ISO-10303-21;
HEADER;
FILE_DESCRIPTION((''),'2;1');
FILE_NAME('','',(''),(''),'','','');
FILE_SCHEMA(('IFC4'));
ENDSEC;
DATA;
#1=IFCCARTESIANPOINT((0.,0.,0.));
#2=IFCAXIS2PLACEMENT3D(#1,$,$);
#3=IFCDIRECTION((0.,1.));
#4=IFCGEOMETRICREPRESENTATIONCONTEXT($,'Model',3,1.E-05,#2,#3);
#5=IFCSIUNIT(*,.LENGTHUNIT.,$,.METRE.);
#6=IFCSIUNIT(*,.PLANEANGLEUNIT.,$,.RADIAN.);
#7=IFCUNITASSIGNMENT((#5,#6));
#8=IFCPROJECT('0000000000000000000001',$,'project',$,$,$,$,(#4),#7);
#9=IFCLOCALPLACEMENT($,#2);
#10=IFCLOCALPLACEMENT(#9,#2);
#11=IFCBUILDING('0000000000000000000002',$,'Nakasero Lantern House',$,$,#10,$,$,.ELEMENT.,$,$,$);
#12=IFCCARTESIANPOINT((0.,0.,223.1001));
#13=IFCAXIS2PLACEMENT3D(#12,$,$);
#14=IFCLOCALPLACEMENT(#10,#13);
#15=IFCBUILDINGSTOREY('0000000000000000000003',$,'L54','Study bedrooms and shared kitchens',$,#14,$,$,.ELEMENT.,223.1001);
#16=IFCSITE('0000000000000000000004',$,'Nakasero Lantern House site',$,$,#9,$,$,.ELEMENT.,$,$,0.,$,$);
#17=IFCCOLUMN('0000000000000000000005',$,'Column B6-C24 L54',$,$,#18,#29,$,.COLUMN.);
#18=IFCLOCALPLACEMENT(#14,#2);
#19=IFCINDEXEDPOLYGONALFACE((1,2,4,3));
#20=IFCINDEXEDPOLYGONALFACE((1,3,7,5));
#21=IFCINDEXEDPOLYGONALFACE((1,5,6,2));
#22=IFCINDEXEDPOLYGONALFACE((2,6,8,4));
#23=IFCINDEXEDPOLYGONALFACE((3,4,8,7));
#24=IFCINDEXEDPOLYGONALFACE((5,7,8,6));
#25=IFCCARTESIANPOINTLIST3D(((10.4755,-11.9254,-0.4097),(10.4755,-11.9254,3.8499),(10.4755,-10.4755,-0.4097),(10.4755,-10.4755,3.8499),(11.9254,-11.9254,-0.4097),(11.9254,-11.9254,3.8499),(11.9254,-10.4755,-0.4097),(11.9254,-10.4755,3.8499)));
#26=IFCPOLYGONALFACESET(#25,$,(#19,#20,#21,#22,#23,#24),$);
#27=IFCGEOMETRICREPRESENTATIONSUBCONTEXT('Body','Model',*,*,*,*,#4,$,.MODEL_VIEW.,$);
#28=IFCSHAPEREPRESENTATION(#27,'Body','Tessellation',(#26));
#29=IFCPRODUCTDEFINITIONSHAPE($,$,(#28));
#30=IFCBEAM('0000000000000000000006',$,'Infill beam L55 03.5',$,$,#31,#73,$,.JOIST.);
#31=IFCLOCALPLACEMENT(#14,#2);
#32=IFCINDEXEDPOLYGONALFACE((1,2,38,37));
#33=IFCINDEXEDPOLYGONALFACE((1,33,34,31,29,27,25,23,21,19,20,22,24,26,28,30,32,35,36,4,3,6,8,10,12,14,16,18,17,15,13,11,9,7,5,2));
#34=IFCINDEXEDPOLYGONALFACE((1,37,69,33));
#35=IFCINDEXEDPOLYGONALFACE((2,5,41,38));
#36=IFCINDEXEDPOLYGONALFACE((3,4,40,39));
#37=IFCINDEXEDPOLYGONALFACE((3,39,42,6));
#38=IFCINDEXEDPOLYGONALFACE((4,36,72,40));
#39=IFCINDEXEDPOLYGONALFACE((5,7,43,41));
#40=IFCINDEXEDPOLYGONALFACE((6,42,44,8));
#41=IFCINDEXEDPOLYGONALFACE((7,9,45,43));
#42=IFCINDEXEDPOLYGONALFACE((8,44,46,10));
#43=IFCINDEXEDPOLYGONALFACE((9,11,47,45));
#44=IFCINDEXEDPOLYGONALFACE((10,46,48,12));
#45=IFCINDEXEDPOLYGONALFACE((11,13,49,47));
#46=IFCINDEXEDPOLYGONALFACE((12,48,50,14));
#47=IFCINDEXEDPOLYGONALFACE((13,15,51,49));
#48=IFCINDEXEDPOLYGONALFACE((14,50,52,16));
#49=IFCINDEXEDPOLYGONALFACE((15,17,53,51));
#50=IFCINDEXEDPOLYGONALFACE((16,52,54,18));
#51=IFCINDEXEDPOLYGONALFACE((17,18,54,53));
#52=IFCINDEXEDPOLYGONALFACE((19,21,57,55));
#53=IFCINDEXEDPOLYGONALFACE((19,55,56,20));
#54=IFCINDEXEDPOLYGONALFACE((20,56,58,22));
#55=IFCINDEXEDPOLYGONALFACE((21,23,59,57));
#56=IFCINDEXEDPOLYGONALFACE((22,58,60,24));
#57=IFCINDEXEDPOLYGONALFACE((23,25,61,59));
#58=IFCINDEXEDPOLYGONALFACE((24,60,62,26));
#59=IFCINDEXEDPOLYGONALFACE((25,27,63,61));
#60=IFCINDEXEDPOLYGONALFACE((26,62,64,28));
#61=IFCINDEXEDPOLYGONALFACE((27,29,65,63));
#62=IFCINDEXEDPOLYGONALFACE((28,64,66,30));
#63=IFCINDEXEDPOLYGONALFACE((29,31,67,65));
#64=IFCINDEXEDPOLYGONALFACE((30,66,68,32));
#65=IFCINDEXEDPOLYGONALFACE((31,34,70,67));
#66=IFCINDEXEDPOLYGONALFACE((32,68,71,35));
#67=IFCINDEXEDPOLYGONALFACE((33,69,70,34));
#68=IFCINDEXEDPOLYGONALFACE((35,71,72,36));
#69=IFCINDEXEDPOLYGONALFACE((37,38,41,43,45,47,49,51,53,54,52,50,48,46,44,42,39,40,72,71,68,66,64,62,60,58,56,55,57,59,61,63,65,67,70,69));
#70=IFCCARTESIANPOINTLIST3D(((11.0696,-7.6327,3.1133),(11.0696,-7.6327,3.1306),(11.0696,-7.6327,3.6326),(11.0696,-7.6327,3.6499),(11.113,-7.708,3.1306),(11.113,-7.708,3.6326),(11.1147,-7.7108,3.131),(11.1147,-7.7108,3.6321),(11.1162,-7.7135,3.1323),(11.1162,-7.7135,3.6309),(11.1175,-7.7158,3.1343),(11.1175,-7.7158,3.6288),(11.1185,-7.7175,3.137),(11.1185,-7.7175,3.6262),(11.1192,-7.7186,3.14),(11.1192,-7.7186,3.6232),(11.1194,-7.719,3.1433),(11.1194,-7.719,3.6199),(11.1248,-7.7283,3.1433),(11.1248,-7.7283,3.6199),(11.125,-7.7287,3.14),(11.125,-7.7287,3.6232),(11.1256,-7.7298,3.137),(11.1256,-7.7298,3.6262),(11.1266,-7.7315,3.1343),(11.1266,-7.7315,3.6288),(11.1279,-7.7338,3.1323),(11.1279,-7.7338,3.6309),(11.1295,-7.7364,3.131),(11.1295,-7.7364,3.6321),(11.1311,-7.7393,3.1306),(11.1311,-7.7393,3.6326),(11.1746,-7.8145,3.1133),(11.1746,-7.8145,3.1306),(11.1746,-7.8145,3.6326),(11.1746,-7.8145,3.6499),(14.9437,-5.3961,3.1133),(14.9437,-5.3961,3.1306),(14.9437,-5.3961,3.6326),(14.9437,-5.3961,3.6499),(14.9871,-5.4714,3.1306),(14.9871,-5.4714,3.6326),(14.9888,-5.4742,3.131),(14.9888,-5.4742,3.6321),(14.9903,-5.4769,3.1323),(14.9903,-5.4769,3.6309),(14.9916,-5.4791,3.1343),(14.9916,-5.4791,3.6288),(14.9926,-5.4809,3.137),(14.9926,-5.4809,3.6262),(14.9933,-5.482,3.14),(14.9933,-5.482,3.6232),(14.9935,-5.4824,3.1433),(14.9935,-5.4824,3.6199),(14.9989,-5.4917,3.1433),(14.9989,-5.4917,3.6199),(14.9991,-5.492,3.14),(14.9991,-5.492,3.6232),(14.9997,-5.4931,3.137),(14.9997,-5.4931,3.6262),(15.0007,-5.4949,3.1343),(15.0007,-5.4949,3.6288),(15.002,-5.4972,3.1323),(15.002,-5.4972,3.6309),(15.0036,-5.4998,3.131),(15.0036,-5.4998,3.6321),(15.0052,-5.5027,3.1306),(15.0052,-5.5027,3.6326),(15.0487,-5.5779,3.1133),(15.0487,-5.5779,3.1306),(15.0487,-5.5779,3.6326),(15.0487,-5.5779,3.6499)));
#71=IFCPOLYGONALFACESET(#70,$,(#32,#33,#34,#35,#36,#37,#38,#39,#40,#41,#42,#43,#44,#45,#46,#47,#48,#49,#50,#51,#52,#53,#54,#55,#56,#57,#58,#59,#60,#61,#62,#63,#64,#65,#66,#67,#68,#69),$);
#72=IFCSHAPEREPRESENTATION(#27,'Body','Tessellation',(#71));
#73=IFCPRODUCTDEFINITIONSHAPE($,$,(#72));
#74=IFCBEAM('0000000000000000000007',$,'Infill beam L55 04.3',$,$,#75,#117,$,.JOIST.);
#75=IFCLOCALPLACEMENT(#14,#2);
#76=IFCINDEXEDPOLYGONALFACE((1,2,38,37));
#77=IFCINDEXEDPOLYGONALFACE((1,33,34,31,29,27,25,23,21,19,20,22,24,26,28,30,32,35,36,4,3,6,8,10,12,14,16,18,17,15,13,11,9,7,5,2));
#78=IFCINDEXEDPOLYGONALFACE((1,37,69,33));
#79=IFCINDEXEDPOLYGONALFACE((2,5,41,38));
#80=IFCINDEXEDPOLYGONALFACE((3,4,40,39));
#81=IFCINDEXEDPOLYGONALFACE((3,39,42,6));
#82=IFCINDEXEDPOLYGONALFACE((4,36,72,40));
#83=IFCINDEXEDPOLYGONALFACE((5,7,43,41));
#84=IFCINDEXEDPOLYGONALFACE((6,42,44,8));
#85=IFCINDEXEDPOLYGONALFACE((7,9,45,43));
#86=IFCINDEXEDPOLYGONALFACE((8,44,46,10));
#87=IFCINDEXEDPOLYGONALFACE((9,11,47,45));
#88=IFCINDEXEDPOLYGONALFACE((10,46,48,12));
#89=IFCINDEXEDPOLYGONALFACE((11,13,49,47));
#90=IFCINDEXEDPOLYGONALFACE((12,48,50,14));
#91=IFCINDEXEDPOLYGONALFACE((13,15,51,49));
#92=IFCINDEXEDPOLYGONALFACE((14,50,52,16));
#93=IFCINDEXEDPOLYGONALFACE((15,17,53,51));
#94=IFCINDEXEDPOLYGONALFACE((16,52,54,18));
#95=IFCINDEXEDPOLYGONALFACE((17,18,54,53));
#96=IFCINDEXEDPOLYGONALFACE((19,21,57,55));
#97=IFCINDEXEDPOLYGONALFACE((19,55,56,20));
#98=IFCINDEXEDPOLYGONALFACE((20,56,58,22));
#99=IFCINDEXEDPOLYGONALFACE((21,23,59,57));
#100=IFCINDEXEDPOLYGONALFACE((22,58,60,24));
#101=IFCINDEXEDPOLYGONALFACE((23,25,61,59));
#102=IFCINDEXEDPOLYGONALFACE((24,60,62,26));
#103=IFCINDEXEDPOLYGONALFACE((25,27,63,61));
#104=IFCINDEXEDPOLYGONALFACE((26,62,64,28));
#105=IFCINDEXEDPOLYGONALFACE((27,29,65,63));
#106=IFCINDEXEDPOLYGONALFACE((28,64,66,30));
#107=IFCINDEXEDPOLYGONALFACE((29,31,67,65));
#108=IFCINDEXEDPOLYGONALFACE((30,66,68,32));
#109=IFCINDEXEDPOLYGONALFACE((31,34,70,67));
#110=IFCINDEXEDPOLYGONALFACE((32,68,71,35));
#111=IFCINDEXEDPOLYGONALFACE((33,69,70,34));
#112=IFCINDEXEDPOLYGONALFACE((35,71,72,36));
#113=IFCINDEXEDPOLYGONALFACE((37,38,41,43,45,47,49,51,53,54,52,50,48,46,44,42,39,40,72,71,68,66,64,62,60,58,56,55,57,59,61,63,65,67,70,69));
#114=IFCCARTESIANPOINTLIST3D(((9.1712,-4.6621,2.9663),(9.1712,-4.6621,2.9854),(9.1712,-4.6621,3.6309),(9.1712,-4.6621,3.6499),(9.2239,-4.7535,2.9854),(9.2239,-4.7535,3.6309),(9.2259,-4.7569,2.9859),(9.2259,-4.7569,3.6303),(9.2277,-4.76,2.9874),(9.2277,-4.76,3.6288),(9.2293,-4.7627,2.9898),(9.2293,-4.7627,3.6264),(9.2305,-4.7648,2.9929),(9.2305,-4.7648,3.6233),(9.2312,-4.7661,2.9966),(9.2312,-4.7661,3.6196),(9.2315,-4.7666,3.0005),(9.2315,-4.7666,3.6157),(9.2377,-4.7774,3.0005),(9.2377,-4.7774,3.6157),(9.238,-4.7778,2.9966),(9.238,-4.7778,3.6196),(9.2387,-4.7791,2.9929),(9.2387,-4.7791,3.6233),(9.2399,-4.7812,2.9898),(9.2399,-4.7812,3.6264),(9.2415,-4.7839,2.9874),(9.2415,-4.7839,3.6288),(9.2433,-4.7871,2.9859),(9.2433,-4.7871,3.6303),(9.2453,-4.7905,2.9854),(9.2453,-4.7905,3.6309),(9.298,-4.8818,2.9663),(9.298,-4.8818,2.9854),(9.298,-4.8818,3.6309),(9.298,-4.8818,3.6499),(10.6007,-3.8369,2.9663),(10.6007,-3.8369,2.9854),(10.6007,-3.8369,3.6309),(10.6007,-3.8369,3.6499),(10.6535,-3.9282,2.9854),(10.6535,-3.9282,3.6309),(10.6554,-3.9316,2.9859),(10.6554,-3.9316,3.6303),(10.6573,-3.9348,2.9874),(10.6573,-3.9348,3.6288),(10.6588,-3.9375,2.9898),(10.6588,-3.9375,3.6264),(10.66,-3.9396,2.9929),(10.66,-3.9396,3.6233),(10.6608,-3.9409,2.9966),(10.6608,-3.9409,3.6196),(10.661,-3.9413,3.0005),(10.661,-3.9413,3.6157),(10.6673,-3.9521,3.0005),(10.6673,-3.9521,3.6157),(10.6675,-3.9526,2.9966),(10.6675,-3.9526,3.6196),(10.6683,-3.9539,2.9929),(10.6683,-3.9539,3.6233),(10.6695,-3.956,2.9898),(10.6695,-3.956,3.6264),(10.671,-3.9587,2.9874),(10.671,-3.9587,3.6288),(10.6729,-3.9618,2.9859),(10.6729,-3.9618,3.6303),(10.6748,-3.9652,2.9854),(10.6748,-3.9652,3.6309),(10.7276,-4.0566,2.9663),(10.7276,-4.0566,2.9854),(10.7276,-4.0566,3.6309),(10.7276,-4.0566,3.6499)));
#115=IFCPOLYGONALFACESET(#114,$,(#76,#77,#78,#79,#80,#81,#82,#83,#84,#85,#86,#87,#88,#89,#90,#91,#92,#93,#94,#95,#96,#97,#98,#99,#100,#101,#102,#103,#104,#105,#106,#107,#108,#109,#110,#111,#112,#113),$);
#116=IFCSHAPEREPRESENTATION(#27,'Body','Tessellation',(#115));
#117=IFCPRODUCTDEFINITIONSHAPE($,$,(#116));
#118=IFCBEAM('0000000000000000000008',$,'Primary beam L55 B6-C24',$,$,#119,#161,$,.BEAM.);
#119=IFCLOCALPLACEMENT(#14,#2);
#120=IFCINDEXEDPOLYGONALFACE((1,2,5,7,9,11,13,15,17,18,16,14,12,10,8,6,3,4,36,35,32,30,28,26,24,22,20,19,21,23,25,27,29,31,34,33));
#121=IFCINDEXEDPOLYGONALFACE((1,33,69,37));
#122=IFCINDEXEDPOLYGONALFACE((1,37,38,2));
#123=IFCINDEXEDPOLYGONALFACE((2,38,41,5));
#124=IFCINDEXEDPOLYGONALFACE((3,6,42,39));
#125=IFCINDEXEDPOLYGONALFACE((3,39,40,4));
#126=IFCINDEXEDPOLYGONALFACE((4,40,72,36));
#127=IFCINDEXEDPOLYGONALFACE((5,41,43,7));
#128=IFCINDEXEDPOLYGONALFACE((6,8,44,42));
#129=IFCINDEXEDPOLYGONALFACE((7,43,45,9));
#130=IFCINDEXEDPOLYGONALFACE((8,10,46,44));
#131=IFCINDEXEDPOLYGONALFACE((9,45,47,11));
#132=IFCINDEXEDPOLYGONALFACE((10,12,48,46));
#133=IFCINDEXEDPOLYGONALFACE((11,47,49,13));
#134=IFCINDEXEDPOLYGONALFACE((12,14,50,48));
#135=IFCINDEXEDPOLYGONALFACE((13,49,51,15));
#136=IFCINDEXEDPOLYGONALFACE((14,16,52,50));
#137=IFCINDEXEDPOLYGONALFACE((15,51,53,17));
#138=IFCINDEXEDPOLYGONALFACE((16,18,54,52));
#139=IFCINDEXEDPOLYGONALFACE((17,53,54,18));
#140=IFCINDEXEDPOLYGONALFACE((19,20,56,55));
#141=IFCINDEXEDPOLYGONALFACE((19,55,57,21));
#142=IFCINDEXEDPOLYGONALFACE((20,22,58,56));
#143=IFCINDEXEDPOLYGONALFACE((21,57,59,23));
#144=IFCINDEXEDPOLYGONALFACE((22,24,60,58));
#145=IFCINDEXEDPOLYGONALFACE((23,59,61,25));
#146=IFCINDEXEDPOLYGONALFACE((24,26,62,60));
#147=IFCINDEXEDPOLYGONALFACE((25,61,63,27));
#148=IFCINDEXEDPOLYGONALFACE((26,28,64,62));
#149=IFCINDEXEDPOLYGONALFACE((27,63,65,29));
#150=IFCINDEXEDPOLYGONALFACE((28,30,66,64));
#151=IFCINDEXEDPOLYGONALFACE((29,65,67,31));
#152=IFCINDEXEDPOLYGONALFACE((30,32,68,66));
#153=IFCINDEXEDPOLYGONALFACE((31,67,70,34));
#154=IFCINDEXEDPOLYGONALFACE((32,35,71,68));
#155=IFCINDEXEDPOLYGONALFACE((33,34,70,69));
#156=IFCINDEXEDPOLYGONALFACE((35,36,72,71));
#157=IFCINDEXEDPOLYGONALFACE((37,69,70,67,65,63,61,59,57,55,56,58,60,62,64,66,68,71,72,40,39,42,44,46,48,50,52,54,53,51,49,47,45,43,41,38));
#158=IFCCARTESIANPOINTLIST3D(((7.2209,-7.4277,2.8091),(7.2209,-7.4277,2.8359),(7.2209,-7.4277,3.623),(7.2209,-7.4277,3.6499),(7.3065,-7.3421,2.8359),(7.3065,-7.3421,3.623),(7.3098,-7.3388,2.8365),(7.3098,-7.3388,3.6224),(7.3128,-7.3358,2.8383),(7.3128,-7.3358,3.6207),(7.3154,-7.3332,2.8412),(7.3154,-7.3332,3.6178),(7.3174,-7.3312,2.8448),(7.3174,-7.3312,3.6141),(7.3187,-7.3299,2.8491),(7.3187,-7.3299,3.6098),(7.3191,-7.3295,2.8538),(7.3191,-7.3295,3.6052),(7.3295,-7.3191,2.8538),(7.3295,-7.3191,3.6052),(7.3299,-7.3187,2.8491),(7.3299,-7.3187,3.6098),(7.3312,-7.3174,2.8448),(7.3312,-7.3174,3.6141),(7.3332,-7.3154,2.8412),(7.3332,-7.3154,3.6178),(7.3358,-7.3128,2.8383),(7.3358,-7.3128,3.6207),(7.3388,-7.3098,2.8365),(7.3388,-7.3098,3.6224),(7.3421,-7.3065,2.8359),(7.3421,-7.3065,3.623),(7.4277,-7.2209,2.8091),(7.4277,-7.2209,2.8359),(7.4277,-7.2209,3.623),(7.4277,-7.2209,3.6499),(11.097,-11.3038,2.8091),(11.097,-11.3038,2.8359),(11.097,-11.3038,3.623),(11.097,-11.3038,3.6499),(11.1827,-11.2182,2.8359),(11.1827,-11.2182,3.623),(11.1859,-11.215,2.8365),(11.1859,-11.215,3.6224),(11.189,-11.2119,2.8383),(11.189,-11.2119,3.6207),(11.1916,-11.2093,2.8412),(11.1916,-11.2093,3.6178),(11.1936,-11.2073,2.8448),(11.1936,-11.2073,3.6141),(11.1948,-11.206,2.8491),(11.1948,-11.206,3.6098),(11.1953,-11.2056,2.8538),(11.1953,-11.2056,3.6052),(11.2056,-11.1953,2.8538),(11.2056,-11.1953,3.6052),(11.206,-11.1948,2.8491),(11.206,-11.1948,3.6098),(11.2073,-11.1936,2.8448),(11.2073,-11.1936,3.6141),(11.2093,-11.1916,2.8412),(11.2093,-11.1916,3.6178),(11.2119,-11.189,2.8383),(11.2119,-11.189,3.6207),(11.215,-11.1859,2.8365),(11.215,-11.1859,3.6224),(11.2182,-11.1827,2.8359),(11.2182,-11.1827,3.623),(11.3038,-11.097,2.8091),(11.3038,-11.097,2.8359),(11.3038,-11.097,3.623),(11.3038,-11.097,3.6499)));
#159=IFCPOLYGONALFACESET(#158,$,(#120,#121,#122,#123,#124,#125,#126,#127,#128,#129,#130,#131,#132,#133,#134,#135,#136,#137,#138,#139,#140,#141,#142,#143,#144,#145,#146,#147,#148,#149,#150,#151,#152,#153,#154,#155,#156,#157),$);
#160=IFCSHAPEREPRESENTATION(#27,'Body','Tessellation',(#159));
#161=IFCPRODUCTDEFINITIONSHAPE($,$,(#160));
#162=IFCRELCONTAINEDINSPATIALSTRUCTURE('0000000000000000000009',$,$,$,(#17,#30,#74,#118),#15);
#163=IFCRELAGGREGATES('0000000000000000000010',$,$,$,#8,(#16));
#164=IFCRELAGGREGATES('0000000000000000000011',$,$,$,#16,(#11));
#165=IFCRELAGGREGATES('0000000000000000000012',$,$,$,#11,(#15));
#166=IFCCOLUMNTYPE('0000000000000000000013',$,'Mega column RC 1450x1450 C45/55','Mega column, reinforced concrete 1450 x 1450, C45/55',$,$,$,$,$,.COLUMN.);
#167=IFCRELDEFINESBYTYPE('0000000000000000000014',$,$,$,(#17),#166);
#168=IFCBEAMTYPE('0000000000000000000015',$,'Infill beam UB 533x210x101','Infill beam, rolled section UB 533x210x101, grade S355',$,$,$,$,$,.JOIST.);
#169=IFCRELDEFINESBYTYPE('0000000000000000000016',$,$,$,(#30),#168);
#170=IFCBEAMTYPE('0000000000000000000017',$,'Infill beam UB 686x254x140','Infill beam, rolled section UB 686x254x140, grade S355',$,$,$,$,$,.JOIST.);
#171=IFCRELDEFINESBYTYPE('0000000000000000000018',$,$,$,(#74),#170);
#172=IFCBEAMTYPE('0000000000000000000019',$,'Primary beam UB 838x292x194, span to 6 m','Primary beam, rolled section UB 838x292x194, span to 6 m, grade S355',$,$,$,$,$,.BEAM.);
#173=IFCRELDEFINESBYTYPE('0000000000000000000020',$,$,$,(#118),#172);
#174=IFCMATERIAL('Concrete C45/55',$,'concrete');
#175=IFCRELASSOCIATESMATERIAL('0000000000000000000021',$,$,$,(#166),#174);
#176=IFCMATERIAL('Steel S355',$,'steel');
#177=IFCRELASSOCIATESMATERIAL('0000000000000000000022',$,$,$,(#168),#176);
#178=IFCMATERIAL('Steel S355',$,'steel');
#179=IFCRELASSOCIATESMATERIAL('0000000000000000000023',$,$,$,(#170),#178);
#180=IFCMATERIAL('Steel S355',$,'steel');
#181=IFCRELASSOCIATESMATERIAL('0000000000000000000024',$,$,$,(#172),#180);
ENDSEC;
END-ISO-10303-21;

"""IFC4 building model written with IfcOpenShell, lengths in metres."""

from ifc_helpers import new_model, si_unit, direction, frame, origin, origin_2d, place, context, subcontext, project, spatial, rectangle, i_section, extrude, material, material_profile, profile_set, type_object, element, save


model = new_model("IFC4")

# Units and contexts
model_context = context("Model", 3, precision=1e-05, world=origin(), true_north=direction((0.0, 1.0)))
body_context = subcontext(model_context, "Body", "Model", "MODEL_VIEW")
ifc_project = project(units=[si_unit("LENGTHUNIT", "METRE"), si_unit("PLANEANGLEUNIT", "RADIAN")], contexts=[model_context])

# Site, building, storey
site_placement = place(None, origin())
site = spatial("IfcSite", under=ifc_project, at=site_placement, Name="Nakasero Lantern House site", CompositionType="ELEMENT", RefElevation=0.0)
building_placement = place(site_placement, origin())
building = spatial("IfcBuilding", under=site, at=building_placement, Name="Nakasero Lantern House", CompositionType="ELEMENT")
storey_placement = place(building_placement, frame((0.0, 0.0, 223.1001)))
storey = spatial("IfcBuildingStorey", under=building, at=storey_placement, Name="L54", Description="Study bedrooms and shared kitchens", CompositionType="ELEMENT", Elevation=223.1001)

# Column
ifc_material_1 = material(Name="Concrete C45/55", Category="concrete")
ifc_material_profile_1 = material_profile(ifc_material_1, rectangle(XDim=1.45, YDim=1.45, at=origin_2d()), Name="RC 1450x1450")
ifc_profile_set_1 = profile_set([ifc_material_profile_1], Name="Concrete C45/55")
column_type = type_object("IfcColumnType", Name="Mega column RC 1450x1450 C45/55", Description="Mega column, reinforced concrete 1450 x 1450, C45/55", PredefinedType="COLUMN", material=ifc_profile_set_1)
column_placement = place(storey_placement, frame((11.2004, -11.2004, -0.4097), z_axis=(0.0, 0.0, 1.0), x_axis=(1.0, 0.0, 0.0)))
element("IfcColumn", 1, at=column_placement, inside=storey, type_object=column_type, Name="Column B6-C24 L54", PredefinedType="COLUMN", context=body_context, shape_type="SweptSolid", body=[
    extrude(rectangle(XDim=1.45, YDim=1.45, at=origin_2d()), origin(), (0.0, 0.0, 1.0), 4.2595),
])

# Beams
ifc_material_2 = material(Name="Steel S355", Category="steel")
ifc_material_profile_2 = material_profile(ifc_material_2, i_section(OverallWidth=0.21, OverallDepth=0.5366, WebThickness=0.0107, FlangeThickness=0.0173, FilletRadius=0.0127, at=origin_2d()), Name="UB 533x210x101")
ifc_profile_set_2 = profile_set([ifc_material_profile_2], Name="Steel S355")
beam_type_1 = type_object("IfcBeamType", Name="Infill beam UB 533x210x101", Description="Infill beam, rolled section UB 533x210x101, grade S355", PredefinedType="JOIST", material=ifc_profile_set_2)
beam_1_placement = place(storey_placement, frame((11.1221, -7.7236, 3.3816), z_axis=(0.866035, 0.499984, 0.0), x_axis=(-0.499984, 0.866035, 0.0)))
element("IfcBeam", 2, at=beam_1_placement, inside=storey, type_object=beam_type_1, Name="Infill beam L55 03.5", PredefinedType="JOIST", context=body_context, shape_type="SweptSolid", body=[
    extrude(i_section(OverallWidth=0.21, OverallDepth=0.5366, WebThickness=0.0107, FlangeThickness=0.0173, FilletRadius=0.0127, at=origin_2d()), origin(), (0.0, 0.0, 1.0), 4.4734),
])
ifc_material_3 = material(Name="Steel S355", Category="steel")
ifc_material_profile_3 = material_profile(ifc_material_3, i_section(OverallWidth=0.2537, OverallDepth=0.6836, WebThickness=0.0125, FlangeThickness=0.019, FilletRadius=0.0151, at=origin_2d()), Name="UB 686x254x140")
ifc_profile_set_3 = profile_set([ifc_material_profile_3], Name="Steel S355")
beam_type_2 = type_object("IfcBeamType", Name="Infill beam UB 686x254x140", Description="Infill beam, rolled section UB 686x254x140, grade S355", PredefinedType="JOIST", material=ifc_profile_set_3)
beam_2_placement = place(storey_placement, frame((9.2346, -4.772, 3.3081), z_axis=(0.86605, 0.499957, 0.0), x_axis=(-0.499957, 0.86605, 0.0)))
element("IfcBeam", 3, at=beam_2_placement, inside=storey, type_object=beam_type_2, Name="Infill beam L55 04.3", PredefinedType="JOIST", context=body_context, shape_type="SweptSolid", body=[
    extrude(i_section(OverallWidth=0.2537, OverallDepth=0.6836, WebThickness=0.0125, FlangeThickness=0.019, FilletRadius=0.0151, at=origin_2d()), origin(), (0.0, 0.0, 1.0), 1.6506),
])
ifc_material_4 = material(Name="Steel S355", Category="steel")
ifc_material_profile_4 = material_profile(ifc_material_4, i_section(OverallWidth=0.2925, OverallDepth=0.8408, WebThickness=0.0146, FlangeThickness=0.0269, FilletRadius=0.0178, at=origin_2d()), Name="UB 838x292x194")
ifc_profile_set_4 = profile_set([ifc_material_profile_4], Name="Steel S355")
beam_type_3 = type_object("IfcBeamType", Name="Primary beam UB 838x292x194, span to 6 m", Description="Primary beam, rolled section UB 838x292x194, span to 6 m, grade S355", PredefinedType="BEAM", material=ifc_profile_set_4)
beam_3_placement = place(storey_placement, frame((11.2004, -11.2004, 3.2295), z_axis=(-0.707107, 0.707107, 0.0), x_axis=(-0.707107, -0.707107, 0.0)))
element("IfcBeam", 4, at=beam_3_placement, inside=storey, type_object=beam_type_3, Name="Primary beam L55 B6-C24", PredefinedType="BEAM", context=body_context, shape_type="SweptSolid", body=[
    extrude(i_section(OverallWidth=0.2925, OverallDepth=0.8408, WebThickness=0.0146, FlangeThickness=0.0269, FilletRadius=0.0178, at=origin_2d()), origin(), (0.0, 0.0, 1.0), 5.4817),
])

save(model, "model.ifc")
